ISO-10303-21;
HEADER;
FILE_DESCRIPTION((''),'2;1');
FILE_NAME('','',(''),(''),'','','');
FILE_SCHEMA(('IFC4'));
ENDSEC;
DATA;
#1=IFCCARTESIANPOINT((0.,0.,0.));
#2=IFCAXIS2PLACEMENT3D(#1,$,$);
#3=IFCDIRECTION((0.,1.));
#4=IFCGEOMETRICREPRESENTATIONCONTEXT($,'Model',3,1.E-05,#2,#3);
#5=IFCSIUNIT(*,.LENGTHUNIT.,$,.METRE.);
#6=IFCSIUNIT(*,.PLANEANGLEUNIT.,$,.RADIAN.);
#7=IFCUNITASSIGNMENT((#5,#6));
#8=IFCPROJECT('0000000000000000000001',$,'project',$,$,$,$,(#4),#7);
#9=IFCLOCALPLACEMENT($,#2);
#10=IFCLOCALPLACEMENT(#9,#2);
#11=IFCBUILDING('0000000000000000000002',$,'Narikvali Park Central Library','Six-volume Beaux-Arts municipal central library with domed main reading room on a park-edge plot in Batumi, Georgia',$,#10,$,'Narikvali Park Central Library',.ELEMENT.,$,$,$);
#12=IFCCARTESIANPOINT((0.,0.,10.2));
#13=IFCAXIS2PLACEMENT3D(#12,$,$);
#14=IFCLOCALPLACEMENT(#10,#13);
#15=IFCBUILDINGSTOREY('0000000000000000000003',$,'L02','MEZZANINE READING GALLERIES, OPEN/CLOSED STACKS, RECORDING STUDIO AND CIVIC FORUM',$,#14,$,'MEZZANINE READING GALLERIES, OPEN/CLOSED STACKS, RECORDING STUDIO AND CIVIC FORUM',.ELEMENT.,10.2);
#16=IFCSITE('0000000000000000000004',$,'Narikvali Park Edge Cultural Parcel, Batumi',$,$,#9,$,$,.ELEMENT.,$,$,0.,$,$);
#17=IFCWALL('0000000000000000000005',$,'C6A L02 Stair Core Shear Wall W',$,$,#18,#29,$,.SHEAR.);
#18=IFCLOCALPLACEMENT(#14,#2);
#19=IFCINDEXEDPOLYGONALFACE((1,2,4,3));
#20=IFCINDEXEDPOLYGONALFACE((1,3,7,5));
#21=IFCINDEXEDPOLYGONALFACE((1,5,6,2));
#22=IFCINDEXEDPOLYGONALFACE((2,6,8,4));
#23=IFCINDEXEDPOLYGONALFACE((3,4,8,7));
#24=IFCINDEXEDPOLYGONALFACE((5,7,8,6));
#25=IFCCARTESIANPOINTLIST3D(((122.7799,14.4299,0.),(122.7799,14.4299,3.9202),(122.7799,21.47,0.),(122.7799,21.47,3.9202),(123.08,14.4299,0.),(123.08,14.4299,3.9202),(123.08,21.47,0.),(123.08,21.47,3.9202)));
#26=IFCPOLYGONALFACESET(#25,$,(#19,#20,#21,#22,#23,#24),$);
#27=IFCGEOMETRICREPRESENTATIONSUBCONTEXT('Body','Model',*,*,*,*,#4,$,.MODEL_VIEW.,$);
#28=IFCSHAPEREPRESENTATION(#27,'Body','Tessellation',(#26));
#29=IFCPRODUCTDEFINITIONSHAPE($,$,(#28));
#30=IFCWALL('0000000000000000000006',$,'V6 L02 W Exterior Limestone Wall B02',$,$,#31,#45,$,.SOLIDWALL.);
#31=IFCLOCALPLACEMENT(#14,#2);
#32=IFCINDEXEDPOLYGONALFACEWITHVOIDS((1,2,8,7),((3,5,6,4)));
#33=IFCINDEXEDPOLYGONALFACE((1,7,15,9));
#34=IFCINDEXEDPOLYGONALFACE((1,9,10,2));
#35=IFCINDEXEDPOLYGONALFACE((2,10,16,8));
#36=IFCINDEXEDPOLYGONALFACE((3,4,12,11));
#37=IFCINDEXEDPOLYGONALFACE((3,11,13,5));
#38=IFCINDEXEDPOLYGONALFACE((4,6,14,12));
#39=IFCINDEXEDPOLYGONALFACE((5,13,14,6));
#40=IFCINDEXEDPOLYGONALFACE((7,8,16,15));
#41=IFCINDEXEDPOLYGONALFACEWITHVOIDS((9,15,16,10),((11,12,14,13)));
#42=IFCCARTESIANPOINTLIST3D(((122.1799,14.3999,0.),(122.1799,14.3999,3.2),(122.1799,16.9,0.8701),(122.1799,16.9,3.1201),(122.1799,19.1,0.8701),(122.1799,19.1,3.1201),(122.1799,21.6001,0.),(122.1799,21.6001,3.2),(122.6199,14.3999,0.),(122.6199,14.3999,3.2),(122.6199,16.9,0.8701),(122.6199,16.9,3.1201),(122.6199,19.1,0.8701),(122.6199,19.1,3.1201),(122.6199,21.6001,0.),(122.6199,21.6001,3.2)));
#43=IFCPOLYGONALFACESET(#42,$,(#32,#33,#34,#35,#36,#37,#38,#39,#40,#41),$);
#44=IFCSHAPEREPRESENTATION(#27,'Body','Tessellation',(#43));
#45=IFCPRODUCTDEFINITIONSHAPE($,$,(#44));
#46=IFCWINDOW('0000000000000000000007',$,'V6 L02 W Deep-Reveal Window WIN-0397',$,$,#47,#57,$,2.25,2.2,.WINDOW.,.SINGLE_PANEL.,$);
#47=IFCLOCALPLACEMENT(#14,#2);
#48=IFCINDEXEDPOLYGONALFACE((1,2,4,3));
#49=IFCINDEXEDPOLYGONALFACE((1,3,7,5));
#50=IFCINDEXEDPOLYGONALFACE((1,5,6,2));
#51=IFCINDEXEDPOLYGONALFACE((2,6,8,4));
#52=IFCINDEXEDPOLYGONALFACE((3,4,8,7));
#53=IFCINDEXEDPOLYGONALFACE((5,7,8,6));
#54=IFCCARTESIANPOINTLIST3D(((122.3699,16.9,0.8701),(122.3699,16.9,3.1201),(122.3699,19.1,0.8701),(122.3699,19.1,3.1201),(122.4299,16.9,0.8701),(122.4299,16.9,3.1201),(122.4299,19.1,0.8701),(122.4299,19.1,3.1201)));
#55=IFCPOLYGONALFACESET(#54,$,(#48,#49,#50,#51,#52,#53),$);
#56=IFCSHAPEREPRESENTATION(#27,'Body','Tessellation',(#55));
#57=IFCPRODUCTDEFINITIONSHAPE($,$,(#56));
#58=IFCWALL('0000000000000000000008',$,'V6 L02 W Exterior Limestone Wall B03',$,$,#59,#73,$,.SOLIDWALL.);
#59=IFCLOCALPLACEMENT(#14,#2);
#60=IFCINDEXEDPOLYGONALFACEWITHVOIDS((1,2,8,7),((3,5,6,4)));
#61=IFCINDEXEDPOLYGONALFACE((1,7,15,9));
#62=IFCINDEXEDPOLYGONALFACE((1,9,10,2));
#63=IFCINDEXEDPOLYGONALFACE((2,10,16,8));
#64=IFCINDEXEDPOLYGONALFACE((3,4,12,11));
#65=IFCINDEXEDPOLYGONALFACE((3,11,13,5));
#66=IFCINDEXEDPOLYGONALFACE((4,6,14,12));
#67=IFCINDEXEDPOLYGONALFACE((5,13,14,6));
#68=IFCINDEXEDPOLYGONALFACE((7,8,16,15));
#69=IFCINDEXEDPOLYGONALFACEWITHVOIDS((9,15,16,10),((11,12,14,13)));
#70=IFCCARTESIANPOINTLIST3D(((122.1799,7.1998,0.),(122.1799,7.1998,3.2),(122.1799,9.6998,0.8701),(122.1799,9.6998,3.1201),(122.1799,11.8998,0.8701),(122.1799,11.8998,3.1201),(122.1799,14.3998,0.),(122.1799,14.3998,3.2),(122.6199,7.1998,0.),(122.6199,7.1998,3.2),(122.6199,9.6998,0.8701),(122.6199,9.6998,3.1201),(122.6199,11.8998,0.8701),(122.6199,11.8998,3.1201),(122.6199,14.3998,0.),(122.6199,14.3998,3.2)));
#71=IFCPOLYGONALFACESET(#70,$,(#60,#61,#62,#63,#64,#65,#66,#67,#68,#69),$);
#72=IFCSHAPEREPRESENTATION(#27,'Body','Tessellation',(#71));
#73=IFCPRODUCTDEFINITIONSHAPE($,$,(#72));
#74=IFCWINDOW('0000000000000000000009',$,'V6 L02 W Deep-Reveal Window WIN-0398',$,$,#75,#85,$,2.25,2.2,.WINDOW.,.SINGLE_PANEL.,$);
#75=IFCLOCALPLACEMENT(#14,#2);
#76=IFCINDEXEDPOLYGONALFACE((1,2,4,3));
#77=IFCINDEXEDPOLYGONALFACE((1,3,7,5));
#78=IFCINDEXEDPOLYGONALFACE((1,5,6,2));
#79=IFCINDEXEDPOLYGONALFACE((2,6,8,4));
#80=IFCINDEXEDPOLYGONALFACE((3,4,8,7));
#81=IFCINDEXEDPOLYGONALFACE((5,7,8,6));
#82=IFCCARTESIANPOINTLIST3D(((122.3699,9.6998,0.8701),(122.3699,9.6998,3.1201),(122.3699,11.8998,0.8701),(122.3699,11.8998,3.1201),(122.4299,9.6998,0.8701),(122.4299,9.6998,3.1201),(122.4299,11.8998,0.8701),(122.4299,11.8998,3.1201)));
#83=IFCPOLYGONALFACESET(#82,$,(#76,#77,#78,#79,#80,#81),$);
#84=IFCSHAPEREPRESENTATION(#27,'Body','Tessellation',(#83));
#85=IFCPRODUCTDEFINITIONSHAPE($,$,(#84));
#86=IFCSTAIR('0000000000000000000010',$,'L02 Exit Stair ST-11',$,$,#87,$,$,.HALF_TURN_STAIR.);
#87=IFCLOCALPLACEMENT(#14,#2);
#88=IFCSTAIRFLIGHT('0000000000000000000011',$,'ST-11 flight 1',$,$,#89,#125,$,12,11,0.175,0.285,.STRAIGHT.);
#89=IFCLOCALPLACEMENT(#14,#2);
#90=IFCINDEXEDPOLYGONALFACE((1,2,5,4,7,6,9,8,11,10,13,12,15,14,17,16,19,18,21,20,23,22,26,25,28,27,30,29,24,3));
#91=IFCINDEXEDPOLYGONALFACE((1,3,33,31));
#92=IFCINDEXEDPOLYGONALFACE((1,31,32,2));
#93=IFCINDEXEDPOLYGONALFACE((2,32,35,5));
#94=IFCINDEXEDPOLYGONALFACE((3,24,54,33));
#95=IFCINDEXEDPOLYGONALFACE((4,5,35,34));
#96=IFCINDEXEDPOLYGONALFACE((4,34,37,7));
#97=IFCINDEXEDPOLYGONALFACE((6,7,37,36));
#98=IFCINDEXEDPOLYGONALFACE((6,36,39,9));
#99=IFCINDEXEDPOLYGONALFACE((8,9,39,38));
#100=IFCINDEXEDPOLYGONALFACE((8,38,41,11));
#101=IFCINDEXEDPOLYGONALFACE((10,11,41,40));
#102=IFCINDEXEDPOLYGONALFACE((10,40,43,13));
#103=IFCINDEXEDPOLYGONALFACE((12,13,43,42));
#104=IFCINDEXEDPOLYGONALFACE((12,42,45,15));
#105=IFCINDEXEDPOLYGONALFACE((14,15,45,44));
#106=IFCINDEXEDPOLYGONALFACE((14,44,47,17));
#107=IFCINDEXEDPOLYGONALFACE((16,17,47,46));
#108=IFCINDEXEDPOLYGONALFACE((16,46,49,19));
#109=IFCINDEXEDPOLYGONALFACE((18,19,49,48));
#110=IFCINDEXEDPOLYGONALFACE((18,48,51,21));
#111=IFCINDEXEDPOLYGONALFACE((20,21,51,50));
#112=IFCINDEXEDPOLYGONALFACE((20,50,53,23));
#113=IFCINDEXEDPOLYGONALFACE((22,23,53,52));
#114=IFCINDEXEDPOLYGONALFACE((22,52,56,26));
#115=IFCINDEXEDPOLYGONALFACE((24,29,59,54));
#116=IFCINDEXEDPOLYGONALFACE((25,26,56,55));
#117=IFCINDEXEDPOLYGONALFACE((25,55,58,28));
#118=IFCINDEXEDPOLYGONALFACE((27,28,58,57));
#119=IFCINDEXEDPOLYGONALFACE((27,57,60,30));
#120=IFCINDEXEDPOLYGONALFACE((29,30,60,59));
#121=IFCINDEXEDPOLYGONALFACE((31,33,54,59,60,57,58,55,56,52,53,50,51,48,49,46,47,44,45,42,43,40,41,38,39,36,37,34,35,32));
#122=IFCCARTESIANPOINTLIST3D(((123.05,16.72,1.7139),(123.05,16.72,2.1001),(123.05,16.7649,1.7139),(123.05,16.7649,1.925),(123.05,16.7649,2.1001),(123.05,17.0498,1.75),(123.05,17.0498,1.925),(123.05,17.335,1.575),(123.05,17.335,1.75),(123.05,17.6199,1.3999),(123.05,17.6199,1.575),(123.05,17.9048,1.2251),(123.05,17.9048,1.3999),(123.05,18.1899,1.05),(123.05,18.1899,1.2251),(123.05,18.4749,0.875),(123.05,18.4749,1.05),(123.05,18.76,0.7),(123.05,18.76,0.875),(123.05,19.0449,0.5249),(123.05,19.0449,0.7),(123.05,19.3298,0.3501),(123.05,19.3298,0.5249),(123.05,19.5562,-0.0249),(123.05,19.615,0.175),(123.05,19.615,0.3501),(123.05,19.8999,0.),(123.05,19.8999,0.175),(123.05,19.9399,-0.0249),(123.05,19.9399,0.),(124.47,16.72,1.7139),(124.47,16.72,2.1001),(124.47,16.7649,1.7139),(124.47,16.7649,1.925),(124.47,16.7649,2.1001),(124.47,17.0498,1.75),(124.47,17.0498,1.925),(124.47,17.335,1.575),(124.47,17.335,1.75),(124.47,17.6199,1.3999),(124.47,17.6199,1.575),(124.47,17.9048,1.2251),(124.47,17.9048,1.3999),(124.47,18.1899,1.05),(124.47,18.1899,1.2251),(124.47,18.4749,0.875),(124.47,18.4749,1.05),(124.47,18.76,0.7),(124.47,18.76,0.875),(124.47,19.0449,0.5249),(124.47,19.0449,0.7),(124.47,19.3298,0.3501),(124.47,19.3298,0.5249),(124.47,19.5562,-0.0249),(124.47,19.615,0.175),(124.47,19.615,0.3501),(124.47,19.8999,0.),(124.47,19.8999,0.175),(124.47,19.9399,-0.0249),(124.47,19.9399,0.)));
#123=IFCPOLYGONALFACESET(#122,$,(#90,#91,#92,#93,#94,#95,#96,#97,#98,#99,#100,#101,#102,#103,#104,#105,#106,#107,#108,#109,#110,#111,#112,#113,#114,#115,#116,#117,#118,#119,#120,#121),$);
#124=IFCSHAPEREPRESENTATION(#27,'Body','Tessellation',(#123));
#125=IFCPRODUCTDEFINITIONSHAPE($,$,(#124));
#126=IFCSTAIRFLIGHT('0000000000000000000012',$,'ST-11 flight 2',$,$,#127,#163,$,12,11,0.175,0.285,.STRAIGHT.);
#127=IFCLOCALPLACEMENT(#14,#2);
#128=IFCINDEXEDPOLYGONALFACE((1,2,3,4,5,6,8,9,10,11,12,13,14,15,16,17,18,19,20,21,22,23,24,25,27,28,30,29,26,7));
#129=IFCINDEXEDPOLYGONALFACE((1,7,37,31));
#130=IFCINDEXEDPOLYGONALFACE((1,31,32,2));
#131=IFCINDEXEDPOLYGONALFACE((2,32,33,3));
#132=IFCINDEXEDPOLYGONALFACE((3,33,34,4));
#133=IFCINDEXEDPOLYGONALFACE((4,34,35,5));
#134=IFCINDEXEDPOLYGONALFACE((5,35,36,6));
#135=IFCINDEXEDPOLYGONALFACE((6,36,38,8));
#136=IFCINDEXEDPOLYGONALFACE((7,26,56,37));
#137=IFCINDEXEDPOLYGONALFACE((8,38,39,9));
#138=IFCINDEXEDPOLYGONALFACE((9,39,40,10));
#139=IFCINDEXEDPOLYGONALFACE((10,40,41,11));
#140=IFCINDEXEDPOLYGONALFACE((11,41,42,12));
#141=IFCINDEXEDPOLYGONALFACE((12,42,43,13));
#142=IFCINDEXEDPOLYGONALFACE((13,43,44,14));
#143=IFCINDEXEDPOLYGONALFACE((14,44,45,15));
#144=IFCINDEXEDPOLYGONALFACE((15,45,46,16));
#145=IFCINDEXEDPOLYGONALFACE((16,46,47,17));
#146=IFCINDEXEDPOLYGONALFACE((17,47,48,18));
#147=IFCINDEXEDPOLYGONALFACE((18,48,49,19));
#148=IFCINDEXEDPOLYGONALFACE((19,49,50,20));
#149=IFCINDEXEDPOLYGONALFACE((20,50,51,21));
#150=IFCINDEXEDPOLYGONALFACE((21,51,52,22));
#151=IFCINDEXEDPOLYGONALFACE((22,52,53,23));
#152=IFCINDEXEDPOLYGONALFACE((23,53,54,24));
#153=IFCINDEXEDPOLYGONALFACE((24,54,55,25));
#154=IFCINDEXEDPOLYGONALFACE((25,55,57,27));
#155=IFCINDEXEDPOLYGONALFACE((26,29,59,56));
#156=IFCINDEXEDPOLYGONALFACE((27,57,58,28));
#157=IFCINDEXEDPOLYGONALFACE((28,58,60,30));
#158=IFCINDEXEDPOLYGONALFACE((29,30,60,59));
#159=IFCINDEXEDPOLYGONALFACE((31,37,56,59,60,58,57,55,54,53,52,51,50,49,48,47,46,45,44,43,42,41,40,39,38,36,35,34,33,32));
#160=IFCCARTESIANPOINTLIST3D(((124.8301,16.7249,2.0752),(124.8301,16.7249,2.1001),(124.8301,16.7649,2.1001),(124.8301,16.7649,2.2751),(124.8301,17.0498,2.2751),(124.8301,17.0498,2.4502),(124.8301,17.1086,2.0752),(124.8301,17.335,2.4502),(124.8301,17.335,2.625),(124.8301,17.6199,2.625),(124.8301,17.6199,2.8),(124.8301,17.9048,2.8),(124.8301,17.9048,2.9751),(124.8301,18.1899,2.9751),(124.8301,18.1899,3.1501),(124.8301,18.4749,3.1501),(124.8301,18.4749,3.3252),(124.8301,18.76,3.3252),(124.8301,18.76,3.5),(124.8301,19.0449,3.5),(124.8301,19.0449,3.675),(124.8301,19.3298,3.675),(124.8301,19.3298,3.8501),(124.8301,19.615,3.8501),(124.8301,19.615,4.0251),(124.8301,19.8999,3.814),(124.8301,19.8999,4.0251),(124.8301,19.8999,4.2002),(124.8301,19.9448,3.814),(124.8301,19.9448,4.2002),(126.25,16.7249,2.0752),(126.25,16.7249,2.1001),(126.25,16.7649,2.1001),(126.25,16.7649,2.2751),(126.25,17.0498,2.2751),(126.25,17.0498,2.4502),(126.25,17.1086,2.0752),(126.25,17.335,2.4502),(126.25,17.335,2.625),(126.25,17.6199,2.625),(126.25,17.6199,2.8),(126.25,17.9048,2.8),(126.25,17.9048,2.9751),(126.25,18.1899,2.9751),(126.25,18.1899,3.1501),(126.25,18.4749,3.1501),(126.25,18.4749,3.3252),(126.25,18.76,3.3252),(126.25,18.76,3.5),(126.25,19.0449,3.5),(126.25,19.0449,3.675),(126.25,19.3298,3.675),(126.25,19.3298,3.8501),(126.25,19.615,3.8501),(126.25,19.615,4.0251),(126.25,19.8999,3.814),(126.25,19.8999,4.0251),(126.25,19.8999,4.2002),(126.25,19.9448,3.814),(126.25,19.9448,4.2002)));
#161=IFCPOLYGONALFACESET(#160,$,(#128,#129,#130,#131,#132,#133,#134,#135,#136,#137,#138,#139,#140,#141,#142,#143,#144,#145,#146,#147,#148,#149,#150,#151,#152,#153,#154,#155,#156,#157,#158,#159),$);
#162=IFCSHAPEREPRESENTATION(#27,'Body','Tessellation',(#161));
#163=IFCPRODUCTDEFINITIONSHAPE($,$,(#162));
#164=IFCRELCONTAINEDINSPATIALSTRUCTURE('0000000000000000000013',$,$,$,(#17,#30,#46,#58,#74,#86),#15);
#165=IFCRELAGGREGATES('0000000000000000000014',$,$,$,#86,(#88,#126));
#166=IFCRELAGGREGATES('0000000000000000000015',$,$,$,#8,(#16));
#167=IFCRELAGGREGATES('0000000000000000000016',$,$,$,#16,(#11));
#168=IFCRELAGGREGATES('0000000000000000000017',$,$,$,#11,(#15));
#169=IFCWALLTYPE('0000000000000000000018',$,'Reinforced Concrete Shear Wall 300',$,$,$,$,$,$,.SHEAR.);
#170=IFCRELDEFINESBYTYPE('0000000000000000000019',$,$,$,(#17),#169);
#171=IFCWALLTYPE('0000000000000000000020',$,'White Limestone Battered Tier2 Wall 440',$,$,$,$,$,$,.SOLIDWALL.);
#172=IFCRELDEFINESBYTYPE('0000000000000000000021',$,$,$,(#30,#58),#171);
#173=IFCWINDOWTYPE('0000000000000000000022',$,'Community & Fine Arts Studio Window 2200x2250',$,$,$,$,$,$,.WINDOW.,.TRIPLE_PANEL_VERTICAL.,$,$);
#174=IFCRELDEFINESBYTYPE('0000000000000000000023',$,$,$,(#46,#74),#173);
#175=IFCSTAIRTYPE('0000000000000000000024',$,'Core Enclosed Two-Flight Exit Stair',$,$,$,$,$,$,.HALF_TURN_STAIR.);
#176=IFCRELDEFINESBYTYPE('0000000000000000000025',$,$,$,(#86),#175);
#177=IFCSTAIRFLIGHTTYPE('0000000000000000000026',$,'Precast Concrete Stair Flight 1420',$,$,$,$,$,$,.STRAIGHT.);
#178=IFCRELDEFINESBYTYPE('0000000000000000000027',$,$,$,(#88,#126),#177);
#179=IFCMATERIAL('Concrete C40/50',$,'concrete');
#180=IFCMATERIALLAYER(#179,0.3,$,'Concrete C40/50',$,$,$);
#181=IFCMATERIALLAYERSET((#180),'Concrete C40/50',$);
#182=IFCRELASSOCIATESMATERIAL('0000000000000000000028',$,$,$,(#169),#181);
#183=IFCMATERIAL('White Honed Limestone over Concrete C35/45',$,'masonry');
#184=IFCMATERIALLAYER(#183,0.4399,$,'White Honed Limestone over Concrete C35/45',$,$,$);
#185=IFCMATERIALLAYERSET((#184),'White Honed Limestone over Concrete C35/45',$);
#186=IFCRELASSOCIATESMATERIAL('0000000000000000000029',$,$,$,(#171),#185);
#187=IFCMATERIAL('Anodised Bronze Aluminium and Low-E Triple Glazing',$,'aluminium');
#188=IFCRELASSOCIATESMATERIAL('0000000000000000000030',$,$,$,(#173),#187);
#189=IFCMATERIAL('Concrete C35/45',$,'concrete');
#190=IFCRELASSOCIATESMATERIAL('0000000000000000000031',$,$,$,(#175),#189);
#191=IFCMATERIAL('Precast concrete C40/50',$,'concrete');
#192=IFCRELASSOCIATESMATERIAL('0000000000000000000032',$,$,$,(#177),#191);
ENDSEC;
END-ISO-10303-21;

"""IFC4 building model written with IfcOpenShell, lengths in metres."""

from ifc_helpers import new_model, si_unit, direction, frame, frame_2d, origin, place, context, subcontext, project, spatial, polyline, rectangle, outline, extrude, material, layer, layer_set, type_object, element, fill, aggregate, save


model = new_model("IFC4")

# Units and contexts
model_context = context("Model", 3, precision=1e-05, world=origin(), true_north=direction((0.0, 1.0)))
body_context = subcontext(model_context, "Body", "Model", "MODEL_VIEW")
ifc_project = project(units=[si_unit("LENGTHUNIT", "METRE"), si_unit("PLANEANGLEUNIT", "RADIAN")], contexts=[model_context])

# Site, building, storey
site_placement = place(None, origin())
site = spatial("IfcSite", under=ifc_project, at=site_placement, Name="Narikvali Park Edge Cultural Parcel, Batumi", CompositionType="ELEMENT", RefElevation=0.0)
building_placement = place(site_placement, origin())
building = spatial("IfcBuilding", under=site, at=building_placement, Name="Narikvali Park Central Library", Description="Six-volume Beaux-Arts municipal central library with domed main reading room on a park-edge plot in Batumi, Georgia", LongName="Narikvali Park Central Library", CompositionType="ELEMENT")
storey_placement = place(building_placement, frame((0.0, 0.0, 10.2)))
storey = spatial("IfcBuildingStorey", under=building, at=storey_placement, Name="L02", Description="MEZZANINE READING GALLERIES, OPEN/CLOSED STACKS, RECORDING STUDIO AND CIVIC FORUM", LongName="MEZZANINE READING GALLERIES, OPEN/CLOSED STACKS, RECORDING STUDIO AND CIVIC FORUM", CompositionType="ELEMENT", Elevation=10.2)

# Shared definitions
ifc_material_1 = material(Name="Concrete C40/50", Category="concrete")

# Shared definitions
ifc_layer_1 = layer(ifc_material_1, 0.3, Name="Concrete C40/50")
ifc_layer_set_1 = layer_set([ifc_layer_1], Name="Concrete C40/50")
wall_type_1 = type_object("IfcWallType", Name="Reinforced Concrete Shear Wall 300", PredefinedType="SHEAR", material=ifc_layer_set_1)

# Wall
wall_1_placement = place(storey_placement, frame((122.9299, 21.47, 0.0), z_axis=(0.0, 0.0, 1.0), x_axis=(0.0, -1.0, 0.0)))
element("IfcWall", 1, at=wall_1_placement, inside=storey, type_object=wall_type_1, Name="C6A L02 Stair Core Shear Wall W", PredefinedType="SHEAR", context=body_context, shape_type="SweptSolid", body=[
    extrude(rectangle(XDim=7.04, YDim=0.3, at=frame_2d((3.52, 0.0))), origin(), (0.0, 0.0, 1.0), 3.9202),
])

# Walls, openings, windows
ifc_material_2 = material(Name="White Honed Limestone over Concrete C35/45", Category="masonry")
ifc_layer_2 = layer(ifc_material_2, 0.4399, Name="White Honed Limestone over Concrete C35/45")
ifc_layer_set_2 = layer_set([ifc_layer_2], Name="White Honed Limestone over Concrete C35/45")
wall_type_2 = type_object("IfcWallType", Name="White Limestone Battered Tier2 Wall 440", PredefinedType="SOLIDWALL", material=ifc_layer_set_2)
wall_2_placement = place(storey_placement, frame((122.3999, 21.6001, 0.0), z_axis=(0.0, 0.0, 1.0), x_axis=(0.0, -1.0, 0.0)))
wall_2 = element("IfcWall", 2, at=wall_2_placement, inside=storey, type_object=wall_type_2, Name="V6 L02 W Exterior Limestone Wall B02", PredefinedType="SOLIDWALL", context=body_context, shape_type="SweptSolid", body=[
    extrude(rectangle(XDim=7.2002, YDim=0.4399, at=frame_2d((3.6001, 0.0))), origin(), (0.0, 0.0, 1.0), 3.2),
])
opening_1_placement = place(wall_2_placement, frame((2.5, 0.0, 0.8701)))
opening_1 = element("IfcOpeningElement", 3, at=opening_1_placement, cuts=wall_2, PredefinedType="OPENING", context=body_context, shape_type="SweptSolid", body=[
    extrude(rectangle(XDim=2.2, YDim=2.25, at=frame_2d((1.1001, 1.125))), frame((0.0, 0.2319, 0.0), z_axis=(0.0, -1.0, 0.0), x_axis=(1.0, 0.0, 0.0)), (0.0, 0.0, 1.0), 0.4639),
])
ifc_material_3 = material(Name="Anodised Bronze Aluminium and Low-E Triple Glazing", Category="aluminium")
window_type = type_object("IfcWindowType", Name="Community & Fine Arts Studio Window 2200x2250", PartitioningType="TRIPLE_PANEL_VERTICAL", PredefinedType="WINDOW", material=ifc_material_3)
window_1_placement = place(opening_1_placement, origin())
window_1 = element("IfcWindow", 4, at=window_1_placement, inside=storey, type_object=window_type, Name="V6 L02 W Deep-Reveal Window WIN-0397", OverallHeight=2.25, OverallWidth=2.2, PartitioningType="SINGLE_PANEL", PredefinedType="WINDOW", context=body_context, shape_type="SweptSolid", body=[
    extrude(rectangle(XDim=2.2, YDim=2.25, at=frame_2d((1.1001, 1.125))), frame((0.0, 0.03, 0.0), z_axis=(0.0, -1.0, 0.0), x_axis=(1.0, 0.0, 0.0)), (0.0, 0.0, 1.0), 0.0601),
])
fill(opening_1, window_1)
wall_3_placement = place(storey_placement, frame((122.3999, 14.3999, 0.0), z_axis=(0.0, 0.0, 1.0), x_axis=(0.0, -1.0, 0.0)))
wall_3 = element("IfcWall", 5, at=wall_3_placement, inside=storey, type_object=wall_type_2, Name="V6 L02 W Exterior Limestone Wall B03", PredefinedType="SOLIDWALL", context=body_context, shape_type="SweptSolid", body=[
    extrude(rectangle(XDim=7.2, YDim=0.4399, at=frame_2d((3.6001, 0.0))), origin(), (0.0, 0.0, 1.0), 3.2),
])
opening_2_placement = place(wall_3_placement, frame((2.5, 0.0, 0.8701)))
opening_2 = element("IfcOpeningElement", 6, at=opening_2_placement, cuts=wall_3, PredefinedType="OPENING", context=body_context, shape_type="SweptSolid", body=[
    extrude(rectangle(XDim=2.2, YDim=2.25, at=frame_2d((1.1001, 1.125))), frame((0.0, 0.2319, 0.0), z_axis=(0.0, -1.0, 0.0), x_axis=(1.0, 0.0, 0.0)), (0.0, 0.0, 1.0), 0.4639),
])
window_2_placement = place(opening_2_placement, origin())
window_2 = element("IfcWindow", 7, at=window_2_placement, inside=storey, type_object=window_type, Name="V6 L02 W Deep-Reveal Window WIN-0398", OverallHeight=2.25, OverallWidth=2.2, PartitioningType="SINGLE_PANEL", PredefinedType="WINDOW", context=body_context, shape_type="SweptSolid", body=[
    extrude(rectangle(XDim=2.2, YDim=2.25, at=frame_2d((1.1001, 1.125))), frame((0.0, 0.03, 0.0), z_axis=(0.0, -1.0, 0.0), x_axis=(1.0, 0.0, 0.0)), (0.0, 0.0, 1.0), 0.0601),
])
fill(opening_2, window_2)

# Stair, stair flights
ifc_material_4 = material(Name="Concrete C35/45", Category="concrete")
stair_type = type_object("IfcStairType", Name="Core Enclosed Two-Flight Exit Stair", PredefinedType="HALF_TURN_STAIR", material=ifc_material_4)
stair_placement = place(storey_placement, origin())
stair = element("IfcStair", 8, at=stair_placement, inside=storey, type_object=stair_type, Name="L02 Exit Stair ST-11", PredefinedType="HALF_TURN_STAIR")
ifc_material_5 = material(Name="Precast concrete C40/50", Category="concrete")
stair_flight_type = type_object("IfcStairFlightType", Name="Precast Concrete Stair Flight 1420", PredefinedType="STRAIGHT", material=ifc_material_5)
stair_flight_1_placement = place(storey_placement, frame((123.76, 19.8999, 0.0), z_axis=(0.0, 0.0, 1.0), x_axis=(0.0, -1.0, 0.0)))
stair_flight_1 = element("IfcStairFlight", 9, at=stair_flight_1_placement, type_object=stair_flight_type, Name="ST-11 flight 1", NumberOfRisers=12, NumberOfTreads=11, PredefinedType="STRAIGHT", RiserHeight=0.175, TreadLength=0.285, context=body_context, shape_type="SweptSolid", body=[
    extrude(outline(polyline([(-0.04, -0.0249), (-0.04, 0.0), (0.0, 0.0), (0.0, 0.175), (0.2849, 0.175), (0.2849, 0.3501), (0.5701, 0.3501), (0.5701, 0.5249), (0.855, 0.5249), (0.855, 0.7), (1.1399, 0.7), (1.1399, 0.875), (1.425, 0.875), (1.425, 1.05), (1.71, 1.05), (1.71, 1.2251), (1.9951, 1.2251), (1.9951, 1.3999), (2.28, 1.3999), (2.28, 1.575), (2.5649, 1.575), (2.5649, 1.75), (2.8501, 1.75), (2.8501, 1.925), (3.135, 1.925), (3.135, 2.1001), (3.1799, 2.1001), (3.1799, 1.7139), (3.135, 1.7139), (0.3438, -0.0249), (-0.04, -0.0249)])), frame((0.0, 0.71, 0.0), z_axis=(0.0, -1.0, 0.0), x_axis=(1.0, 0.0, 0.0)), (0.0, 0.0, 1.0), 1.4199),
])
stair_flight_2_placement = place(storey_placement, frame((125.54, 16.7649, 2.1001), z_axis=(0.0, 0.0, 1.0), x_axis=(0.0, 1.0, 0.0)))
stair_flight_2 = element("IfcStairFlight", 10, at=stair_flight_2_placement, type_object=stair_flight_type, Name="ST-11 flight 2", NumberOfRisers=12, NumberOfTreads=11, PredefinedType="STRAIGHT", RiserHeight=0.175, TreadLength=0.285, context=body_context, shape_type="SweptSolid", body=[
    extrude(outline(polyline([(-0.04, -0.0249), (-0.04, 0.0), (0.0, 0.0), (0.0, 0.175), (0.2849, 0.175), (0.2849, 0.3501), (0.5701, 0.3501), (0.5701, 0.5249), (0.855, 0.5249), (0.855, 0.7), (1.1399, 0.7), (1.1399, 0.875), (1.425, 0.875), (1.425, 1.05), (1.71, 1.05), (1.71, 1.2251), (1.9951, 1.2251), (1.9951, 1.3999), (2.28, 1.3999), (2.28, 1.575), (2.5649, 1.575), (2.5649, 1.75), (2.8501, 1.75), (2.8501, 1.925), (3.135, 1.925), (3.135, 2.1001), (3.1799, 2.1001), (3.1799, 1.7139), (3.135, 1.7139), (0.3438, -0.0249), (-0.04, -0.0249)])), frame((0.0, 0.71, 0.0), z_axis=(0.0, -1.0, 0.0), x_axis=(1.0, 0.0, 0.0)), (0.0, 0.0, 1.0), 1.4199),
])
aggregate(stair, [stair_flight_1, stair_flight_2])

save(model, "model.ifc")
